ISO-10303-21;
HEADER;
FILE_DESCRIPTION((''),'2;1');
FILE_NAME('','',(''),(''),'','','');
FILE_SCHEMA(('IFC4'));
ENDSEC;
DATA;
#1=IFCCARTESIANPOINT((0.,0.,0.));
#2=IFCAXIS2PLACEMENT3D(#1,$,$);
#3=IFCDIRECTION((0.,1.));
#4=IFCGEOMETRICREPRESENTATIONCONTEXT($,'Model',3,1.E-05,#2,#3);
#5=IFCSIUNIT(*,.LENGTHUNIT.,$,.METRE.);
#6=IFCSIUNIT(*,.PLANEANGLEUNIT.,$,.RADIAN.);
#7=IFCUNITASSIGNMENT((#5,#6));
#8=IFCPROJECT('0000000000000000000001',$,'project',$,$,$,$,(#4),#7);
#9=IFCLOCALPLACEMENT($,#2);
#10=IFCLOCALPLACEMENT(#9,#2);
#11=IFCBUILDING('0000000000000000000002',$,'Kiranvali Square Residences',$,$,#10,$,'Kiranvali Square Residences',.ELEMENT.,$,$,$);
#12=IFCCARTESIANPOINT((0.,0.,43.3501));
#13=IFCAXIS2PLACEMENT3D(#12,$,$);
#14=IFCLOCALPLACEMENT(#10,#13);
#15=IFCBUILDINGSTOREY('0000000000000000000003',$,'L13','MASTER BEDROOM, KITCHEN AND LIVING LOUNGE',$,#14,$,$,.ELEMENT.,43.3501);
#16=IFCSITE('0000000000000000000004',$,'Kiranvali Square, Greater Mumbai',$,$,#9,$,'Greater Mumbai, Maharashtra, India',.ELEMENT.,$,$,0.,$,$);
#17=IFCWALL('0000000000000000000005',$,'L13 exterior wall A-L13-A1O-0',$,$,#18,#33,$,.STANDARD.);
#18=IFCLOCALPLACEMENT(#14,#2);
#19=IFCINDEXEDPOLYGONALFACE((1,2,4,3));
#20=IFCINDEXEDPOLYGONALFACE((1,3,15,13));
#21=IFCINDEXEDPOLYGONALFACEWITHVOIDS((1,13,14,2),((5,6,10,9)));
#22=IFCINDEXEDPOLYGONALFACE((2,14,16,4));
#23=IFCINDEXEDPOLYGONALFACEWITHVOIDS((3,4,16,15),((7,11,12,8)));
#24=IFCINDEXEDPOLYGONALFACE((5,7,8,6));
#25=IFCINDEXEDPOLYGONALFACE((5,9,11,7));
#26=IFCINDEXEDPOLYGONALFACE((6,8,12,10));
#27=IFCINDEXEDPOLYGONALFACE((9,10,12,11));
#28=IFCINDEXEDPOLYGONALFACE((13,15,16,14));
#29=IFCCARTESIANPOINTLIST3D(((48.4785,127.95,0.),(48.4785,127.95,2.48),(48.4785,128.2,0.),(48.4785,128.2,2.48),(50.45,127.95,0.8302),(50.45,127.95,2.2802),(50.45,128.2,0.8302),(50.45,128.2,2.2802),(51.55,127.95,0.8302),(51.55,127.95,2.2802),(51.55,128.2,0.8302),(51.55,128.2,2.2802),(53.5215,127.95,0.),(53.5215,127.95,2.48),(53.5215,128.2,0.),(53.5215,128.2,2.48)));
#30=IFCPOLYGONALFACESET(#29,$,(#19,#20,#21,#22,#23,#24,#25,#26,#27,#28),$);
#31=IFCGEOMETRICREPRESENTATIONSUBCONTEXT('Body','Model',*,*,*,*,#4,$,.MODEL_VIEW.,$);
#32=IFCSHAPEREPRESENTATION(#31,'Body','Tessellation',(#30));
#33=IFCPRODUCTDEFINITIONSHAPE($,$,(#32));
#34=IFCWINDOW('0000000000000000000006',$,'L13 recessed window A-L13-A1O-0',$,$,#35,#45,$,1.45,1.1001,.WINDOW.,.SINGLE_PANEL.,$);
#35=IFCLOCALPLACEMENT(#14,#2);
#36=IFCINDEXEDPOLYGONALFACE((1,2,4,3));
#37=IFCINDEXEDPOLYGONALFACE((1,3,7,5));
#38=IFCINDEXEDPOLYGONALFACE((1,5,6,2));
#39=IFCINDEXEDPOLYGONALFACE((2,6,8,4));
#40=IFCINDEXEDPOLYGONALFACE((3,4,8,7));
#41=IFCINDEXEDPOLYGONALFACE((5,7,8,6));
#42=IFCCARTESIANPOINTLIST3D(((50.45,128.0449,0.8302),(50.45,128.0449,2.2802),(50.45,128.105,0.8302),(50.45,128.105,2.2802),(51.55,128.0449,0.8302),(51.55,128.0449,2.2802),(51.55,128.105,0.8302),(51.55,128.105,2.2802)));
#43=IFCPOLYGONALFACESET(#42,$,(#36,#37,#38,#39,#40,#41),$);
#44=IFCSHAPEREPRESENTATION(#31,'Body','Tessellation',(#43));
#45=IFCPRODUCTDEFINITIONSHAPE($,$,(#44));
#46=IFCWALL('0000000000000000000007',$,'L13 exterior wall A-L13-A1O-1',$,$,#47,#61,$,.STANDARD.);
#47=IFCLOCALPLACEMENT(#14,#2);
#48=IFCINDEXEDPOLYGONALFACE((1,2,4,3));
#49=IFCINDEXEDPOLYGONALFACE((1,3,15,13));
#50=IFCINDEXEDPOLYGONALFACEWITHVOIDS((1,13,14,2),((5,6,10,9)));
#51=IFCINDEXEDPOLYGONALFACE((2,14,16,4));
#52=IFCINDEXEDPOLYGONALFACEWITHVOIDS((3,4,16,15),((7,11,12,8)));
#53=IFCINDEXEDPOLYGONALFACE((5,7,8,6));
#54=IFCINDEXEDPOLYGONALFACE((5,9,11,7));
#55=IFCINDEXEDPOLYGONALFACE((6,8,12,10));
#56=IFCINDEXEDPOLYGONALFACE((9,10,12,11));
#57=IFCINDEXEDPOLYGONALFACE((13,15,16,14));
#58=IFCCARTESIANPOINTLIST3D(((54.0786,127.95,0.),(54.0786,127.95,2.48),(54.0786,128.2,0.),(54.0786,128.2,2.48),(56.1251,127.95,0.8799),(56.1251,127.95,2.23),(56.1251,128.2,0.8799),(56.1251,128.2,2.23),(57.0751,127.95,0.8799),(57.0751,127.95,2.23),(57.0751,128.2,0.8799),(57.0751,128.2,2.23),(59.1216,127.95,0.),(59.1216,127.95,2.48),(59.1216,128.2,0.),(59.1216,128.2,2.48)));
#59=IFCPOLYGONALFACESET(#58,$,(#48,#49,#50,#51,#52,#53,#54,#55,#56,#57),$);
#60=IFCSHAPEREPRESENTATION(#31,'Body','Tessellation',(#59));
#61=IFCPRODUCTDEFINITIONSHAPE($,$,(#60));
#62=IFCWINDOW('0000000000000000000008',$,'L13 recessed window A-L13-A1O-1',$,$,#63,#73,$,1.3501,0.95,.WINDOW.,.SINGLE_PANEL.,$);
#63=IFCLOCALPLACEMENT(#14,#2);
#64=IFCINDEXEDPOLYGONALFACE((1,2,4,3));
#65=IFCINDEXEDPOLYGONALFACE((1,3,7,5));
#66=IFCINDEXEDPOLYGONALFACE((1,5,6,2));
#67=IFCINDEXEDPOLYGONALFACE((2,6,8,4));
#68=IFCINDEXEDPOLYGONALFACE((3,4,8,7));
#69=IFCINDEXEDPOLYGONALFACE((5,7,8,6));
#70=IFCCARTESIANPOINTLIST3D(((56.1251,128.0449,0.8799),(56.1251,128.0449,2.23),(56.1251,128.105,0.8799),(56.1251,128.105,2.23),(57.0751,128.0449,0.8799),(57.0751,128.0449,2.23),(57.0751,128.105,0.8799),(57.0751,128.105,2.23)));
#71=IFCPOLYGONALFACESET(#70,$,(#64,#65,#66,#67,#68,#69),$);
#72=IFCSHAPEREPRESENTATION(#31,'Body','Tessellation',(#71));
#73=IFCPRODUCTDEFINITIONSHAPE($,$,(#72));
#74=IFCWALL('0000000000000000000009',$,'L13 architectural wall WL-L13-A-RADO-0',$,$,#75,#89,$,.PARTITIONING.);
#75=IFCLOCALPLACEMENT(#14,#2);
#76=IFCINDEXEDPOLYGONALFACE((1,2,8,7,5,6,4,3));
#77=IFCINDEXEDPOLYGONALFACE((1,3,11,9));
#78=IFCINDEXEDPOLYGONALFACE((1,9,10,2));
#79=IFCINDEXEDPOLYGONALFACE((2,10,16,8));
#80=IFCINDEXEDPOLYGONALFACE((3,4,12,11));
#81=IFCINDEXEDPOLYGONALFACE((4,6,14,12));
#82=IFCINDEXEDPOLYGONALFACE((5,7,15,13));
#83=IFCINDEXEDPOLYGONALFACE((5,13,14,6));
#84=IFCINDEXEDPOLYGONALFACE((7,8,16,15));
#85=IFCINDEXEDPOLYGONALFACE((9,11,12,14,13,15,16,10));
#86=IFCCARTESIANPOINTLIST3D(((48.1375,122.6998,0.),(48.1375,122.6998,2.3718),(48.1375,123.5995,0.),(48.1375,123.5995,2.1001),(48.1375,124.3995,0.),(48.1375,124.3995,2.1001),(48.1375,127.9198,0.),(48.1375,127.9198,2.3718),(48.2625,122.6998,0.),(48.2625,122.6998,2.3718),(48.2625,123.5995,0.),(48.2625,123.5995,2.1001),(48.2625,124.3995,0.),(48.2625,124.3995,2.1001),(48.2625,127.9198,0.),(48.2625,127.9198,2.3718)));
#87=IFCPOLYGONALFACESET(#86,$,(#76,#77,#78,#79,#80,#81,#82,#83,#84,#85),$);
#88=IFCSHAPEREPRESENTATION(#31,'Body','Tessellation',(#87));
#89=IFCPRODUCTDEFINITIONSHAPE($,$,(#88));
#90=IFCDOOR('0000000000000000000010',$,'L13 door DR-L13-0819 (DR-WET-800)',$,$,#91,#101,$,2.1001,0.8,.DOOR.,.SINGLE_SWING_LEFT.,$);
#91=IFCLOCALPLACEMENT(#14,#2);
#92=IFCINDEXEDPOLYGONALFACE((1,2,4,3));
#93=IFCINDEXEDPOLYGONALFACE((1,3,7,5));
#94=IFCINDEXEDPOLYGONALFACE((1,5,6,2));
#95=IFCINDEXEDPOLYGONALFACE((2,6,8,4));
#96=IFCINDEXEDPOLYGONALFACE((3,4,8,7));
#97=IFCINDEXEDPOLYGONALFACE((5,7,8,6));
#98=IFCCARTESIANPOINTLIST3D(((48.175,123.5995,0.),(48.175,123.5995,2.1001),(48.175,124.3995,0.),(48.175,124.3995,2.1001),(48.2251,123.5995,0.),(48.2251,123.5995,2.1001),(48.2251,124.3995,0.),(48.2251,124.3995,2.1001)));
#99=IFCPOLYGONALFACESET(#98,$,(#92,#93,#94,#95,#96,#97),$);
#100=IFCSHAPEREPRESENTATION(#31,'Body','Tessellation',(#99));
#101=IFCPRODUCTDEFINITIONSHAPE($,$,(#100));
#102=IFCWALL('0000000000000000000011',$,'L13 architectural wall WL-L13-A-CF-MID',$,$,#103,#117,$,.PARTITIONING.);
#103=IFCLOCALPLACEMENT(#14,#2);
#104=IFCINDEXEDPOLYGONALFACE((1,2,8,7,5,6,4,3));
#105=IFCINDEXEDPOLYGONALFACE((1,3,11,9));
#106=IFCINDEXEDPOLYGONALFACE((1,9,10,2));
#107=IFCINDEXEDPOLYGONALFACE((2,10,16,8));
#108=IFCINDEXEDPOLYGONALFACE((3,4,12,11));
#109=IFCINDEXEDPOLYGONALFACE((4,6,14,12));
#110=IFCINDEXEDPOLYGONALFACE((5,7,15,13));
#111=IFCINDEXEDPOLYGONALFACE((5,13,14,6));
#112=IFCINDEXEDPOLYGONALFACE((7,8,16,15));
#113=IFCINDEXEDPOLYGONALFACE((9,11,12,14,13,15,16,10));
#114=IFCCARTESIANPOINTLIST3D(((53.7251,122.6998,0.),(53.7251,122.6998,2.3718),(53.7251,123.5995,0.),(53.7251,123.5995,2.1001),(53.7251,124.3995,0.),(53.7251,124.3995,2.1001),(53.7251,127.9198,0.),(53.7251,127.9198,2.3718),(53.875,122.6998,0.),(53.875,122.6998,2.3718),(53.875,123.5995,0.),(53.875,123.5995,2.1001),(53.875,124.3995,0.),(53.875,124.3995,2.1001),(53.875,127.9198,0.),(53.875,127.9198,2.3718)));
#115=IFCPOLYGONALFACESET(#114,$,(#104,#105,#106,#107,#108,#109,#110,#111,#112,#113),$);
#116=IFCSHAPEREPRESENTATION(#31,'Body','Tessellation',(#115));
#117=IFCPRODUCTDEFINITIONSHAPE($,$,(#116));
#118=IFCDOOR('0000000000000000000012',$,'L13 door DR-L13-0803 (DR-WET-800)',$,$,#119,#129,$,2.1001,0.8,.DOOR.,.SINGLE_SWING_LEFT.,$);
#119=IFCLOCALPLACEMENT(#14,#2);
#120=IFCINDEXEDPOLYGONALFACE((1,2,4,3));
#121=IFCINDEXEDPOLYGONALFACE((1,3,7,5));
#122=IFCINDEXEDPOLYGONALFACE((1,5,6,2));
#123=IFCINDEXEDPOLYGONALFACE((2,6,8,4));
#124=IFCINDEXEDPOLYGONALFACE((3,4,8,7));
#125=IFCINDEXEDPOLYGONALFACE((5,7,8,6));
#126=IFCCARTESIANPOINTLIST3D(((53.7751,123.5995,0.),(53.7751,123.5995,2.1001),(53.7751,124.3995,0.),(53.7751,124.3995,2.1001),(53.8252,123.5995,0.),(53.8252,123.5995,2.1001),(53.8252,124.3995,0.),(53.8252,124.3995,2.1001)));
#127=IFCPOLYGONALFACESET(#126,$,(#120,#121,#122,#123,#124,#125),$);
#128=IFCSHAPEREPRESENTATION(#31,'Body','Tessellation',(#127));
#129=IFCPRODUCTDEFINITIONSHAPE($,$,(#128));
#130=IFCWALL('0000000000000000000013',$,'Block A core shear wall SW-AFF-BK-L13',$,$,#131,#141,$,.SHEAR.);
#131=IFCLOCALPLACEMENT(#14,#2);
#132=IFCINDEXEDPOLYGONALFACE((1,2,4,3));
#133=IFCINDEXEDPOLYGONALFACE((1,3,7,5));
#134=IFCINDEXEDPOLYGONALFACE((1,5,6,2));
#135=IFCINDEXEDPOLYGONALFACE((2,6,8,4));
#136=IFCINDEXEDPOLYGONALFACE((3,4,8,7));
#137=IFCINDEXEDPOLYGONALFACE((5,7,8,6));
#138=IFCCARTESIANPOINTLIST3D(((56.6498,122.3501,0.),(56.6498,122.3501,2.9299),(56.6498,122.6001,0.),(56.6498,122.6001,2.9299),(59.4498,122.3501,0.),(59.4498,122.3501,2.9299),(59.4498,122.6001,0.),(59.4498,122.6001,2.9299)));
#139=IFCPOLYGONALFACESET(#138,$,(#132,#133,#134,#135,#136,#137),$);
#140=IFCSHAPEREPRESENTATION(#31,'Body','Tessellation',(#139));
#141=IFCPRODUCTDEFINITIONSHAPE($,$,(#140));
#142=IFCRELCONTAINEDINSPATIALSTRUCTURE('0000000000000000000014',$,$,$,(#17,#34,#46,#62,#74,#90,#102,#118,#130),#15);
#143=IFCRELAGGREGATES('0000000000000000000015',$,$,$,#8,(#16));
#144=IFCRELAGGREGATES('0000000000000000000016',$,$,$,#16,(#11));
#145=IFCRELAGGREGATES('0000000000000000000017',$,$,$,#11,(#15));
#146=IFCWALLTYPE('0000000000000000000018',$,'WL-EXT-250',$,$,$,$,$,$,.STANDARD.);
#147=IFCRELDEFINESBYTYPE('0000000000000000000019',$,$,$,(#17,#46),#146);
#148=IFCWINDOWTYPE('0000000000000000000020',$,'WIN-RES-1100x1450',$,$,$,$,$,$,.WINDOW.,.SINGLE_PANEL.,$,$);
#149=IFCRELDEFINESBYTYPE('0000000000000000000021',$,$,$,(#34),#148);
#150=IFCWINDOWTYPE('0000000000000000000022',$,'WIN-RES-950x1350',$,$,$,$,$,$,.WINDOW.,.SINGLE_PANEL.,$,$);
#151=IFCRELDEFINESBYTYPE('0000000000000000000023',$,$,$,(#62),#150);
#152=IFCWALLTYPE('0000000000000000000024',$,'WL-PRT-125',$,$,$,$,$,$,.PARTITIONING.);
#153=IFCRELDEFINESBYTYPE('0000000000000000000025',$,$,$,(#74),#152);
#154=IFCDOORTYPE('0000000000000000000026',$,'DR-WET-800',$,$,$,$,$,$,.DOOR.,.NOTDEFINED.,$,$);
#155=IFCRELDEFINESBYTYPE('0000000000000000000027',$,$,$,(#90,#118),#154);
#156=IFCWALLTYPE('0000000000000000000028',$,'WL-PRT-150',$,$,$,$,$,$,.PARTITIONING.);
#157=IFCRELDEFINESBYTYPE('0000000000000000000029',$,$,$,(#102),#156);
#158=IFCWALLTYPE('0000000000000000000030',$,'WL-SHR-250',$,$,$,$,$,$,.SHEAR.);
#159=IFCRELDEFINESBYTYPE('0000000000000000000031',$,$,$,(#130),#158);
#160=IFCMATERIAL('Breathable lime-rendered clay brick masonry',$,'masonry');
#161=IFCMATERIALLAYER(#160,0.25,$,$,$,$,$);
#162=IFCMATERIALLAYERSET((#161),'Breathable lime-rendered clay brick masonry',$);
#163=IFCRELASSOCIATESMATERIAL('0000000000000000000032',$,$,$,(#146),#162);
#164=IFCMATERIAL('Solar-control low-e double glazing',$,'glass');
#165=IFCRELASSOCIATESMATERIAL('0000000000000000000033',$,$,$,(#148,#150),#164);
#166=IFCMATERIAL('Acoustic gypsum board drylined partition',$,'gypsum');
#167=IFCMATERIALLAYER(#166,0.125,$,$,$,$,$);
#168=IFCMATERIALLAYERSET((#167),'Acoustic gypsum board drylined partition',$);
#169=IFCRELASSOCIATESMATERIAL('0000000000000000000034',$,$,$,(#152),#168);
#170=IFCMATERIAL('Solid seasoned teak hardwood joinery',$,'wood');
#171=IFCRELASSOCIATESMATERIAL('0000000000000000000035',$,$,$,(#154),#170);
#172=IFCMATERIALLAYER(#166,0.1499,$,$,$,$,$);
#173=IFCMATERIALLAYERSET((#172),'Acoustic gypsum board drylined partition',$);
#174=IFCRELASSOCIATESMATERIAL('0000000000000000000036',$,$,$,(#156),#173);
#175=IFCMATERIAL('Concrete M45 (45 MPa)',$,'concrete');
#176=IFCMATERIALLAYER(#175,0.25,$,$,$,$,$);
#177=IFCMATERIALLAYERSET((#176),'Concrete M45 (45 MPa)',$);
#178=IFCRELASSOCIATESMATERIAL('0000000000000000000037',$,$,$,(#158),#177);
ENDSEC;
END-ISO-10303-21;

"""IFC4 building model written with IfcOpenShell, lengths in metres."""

from ifc_helpers import new_model, si_unit, direction, frame, frame_2d, origin, place, context, subcontext, project, spatial, rectangle, extrude, material, layer, layer_set, type_object, element, fill, save


model = new_model("IFC4")

# Units and contexts
model_context = context("Model", 3, precision=1e-05, world=origin(), true_north=direction((0.0, 1.0)))
body_context = subcontext(model_context, "Body", "Model", "MODEL_VIEW")
ifc_project = project(units=[si_unit("LENGTHUNIT", "METRE"), si_unit("PLANEANGLEUNIT", "RADIAN")], contexts=[model_context])

# Site, building, storey
site_placement = place(None, origin())
site = spatial("IfcSite", under=ifc_project, at=site_placement, Name="Kiranvali Square, Greater Mumbai", LongName="Greater Mumbai, Maharashtra, India", CompositionType="ELEMENT", RefElevation=0.0)
building_placement = place(site_placement, origin())
building = spatial("IfcBuilding", under=site, at=building_placement, Name="Kiranvali Square Residences", LongName="Kiranvali Square Residences", CompositionType="ELEMENT")
storey_placement = place(building_placement, frame((0.0, 0.0, 43.3501)))
storey = spatial("IfcBuildingStorey", under=building, at=storey_placement, Name="L13", Description="MASTER BEDROOM, KITCHEN AND LIVING LOUNGE", CompositionType="ELEMENT", Elevation=43.3501)

# Shared definitions
ifc_material_1 = material(Name="Concrete M45 (45 MPa)", Category="concrete")

# Walls, openings, windows
ifc_material_2 = material(Name="Breathable lime-rendered clay brick masonry", Category="masonry")
ifc_layer_1 = layer(ifc_material_2, 0.25)
ifc_layer_set_1 = layer_set([ifc_layer_1], Name="Breathable lime-rendered clay brick masonry")
wall_type_1 = type_object("IfcWallType", Name="WL-EXT-250", PredefinedType="STANDARD", material=ifc_layer_set_1)
wall_1_placement = place(storey_placement, frame((48.4785, 128.075, 0.0), z_axis=(0.0, 0.0, 1.0), x_axis=(1.0, 0.0, 0.0)))
wall_1 = element("IfcWall", 1, at=wall_1_placement, inside=storey, type_object=wall_type_1, Name="L13 exterior wall A-L13-A1O-0", PredefinedType="STANDARD", context=body_context, shape_type="SweptSolid", body=[
    extrude(rectangle(XDim=5.043, YDim=0.25, at=frame_2d((2.5215, 0.0))), origin(), (0.0, 0.0, 1.0), 2.48),
])
opening_1_placement = place(wall_1_placement, frame((1.9714, 0.0, 0.8301)))
opening_1 = element("IfcOpeningElement", 2, at=opening_1_placement, cuts=wall_1, PredefinedType="OPENING", context=body_context, shape_type="SweptSolid", body=[
    extrude(rectangle(XDim=1.1001, YDim=1.45, at=frame_2d((0.55, 0.7251))), frame((0.0, 0.135, 0.0), z_axis=(0.0, -1.0, 0.0), x_axis=(1.0, 0.0, 0.0)), (0.0, 0.0, 1.0), 0.27),
])
ifc_material_3 = material(Name="Solar-control low-e double glazing", Category="glass")
window_type_1 = type_object("IfcWindowType", Name="WIN-RES-1100x1450", PartitioningType="SINGLE_PANEL", PredefinedType="WINDOW", material=ifc_material_3)
window_1_placement = place(opening_1_placement, origin())
window_1 = element("IfcWindow", 3, at=window_1_placement, inside=storey, type_object=window_type_1, Name="L13 recessed window A-L13-A1O-0", OverallHeight=1.45, OverallWidth=1.1001, PartitioningType="SINGLE_PANEL", PredefinedType="WINDOW", context=body_context, shape_type="SweptSolid", body=[
    extrude(rectangle(XDim=1.1001, YDim=1.45, at=frame_2d((0.55, 0.7251))), frame((0.0, 0.03, 0.0), z_axis=(0.0, -1.0, 0.0), x_axis=(1.0, 0.0, 0.0)), (0.0, 0.0, 1.0), 0.0601),
])
fill(opening_1, window_1)
wall_2_placement = place(storey_placement, frame((54.0786, 128.075, 0.0), z_axis=(0.0, 0.0, 1.0), x_axis=(1.0, 0.0, 0.0)))
wall_2 = element("IfcWall", 4, at=wall_2_placement, inside=storey, type_object=wall_type_1, Name="L13 exterior wall A-L13-A1O-1", PredefinedType="STANDARD", context=body_context, shape_type="SweptSolid", body=[
    extrude(rectangle(XDim=5.043, YDim=0.25, at=frame_2d((2.5215, 0.0))), origin(), (0.0, 0.0, 1.0), 2.48),
])
opening_2_placement = place(wall_2_placement, frame((2.0464, 0.0, 0.8799)))
opening_2 = element("IfcOpeningElement", 5, at=opening_2_placement, cuts=wall_2, PredefinedType="OPENING", context=body_context, shape_type="SweptSolid", body=[
    extrude(rectangle(XDim=0.95, YDim=1.3501, at=frame_2d((0.4751, 0.675))), frame((0.0, 0.135, 0.0), z_axis=(0.0, -1.0, 0.0), x_axis=(1.0, 0.0, 0.0)), (0.0, 0.0, 1.0), 0.27),
])
window_type_2 = type_object("IfcWindowType", Name="WIN-RES-950x1350", PartitioningType="SINGLE_PANEL", PredefinedType="WINDOW", material=ifc_material_3)
window_2_placement = place(opening_2_placement, origin())
window_2 = element("IfcWindow", 6, at=window_2_placement, inside=storey, type_object=window_type_2, Name="L13 recessed window A-L13-A1O-1", OverallHeight=1.3501, OverallWidth=0.95, PartitioningType="SINGLE_PANEL", PredefinedType="WINDOW", context=body_context, shape_type="SweptSolid", body=[
    extrude(rectangle(XDim=0.95, YDim=1.3501, at=frame_2d((0.4751, 0.675))), frame((0.0, 0.03, 0.0), z_axis=(0.0, -1.0, 0.0), x_axis=(1.0, 0.0, 0.0)), (0.0, 0.0, 1.0), 0.0601),
])
fill(opening_2, window_2)

# Walls, openings, doors
ifc_material_4 = material(Name="Acoustic gypsum board drylined partition", Category="gypsum")
ifc_layer_2 = layer(ifc_material_4, 0.125)
ifc_layer_set_2 = layer_set([ifc_layer_2], Name="Acoustic gypsum board drylined partition")
wall_type_2 = type_object("IfcWallType", Name="WL-PRT-125", PredefinedType="PARTITIONING", material=ifc_layer_set_2)
wall_3_placement = place(storey_placement, frame((48.2, 122.7, 0.0), z_axis=(0.0, 0.0, 1.0), x_axis=(0.0, 1.0, 0.0)))
wall_3 = element("IfcWall", 7, at=wall_3_placement, inside=storey, type_object=wall_type_2, Name="L13 architectural wall WL-L13-A-RADO-0", PredefinedType="PARTITIONING", context=body_context, shape_type="SweptSolid", body=[
    extrude(rectangle(XDim=5.22, YDim=0.125, at=frame_2d((2.6099, 0.0))), origin(), (0.0, 0.0, 1.0), 2.3718),
])
opening_3_placement = place(wall_3_placement, frame((0.8997, 0.0, 0.0)))
opening_3 = element("IfcOpeningElement", 8, at=opening_3_placement, cuts=wall_3, PredefinedType="OPENING", context=body_context, shape_type="SweptSolid", body=[
    extrude(rectangle(XDim=0.8, YDim=2.1001, at=frame_2d((0.3999, 1.05))), frame((0.0, 0.0725, 0.0), z_axis=(0.0, -1.0, 0.0), x_axis=(1.0, 0.0, 0.0)), (0.0, 0.0, 1.0), 0.145),
])
ifc_material_5 = material(Name="Solid seasoned teak hardwood joinery", Category="wood")
door_type = type_object("IfcDoorType", Name="DR-WET-800", OperationType="NOTDEFINED", PredefinedType="DOOR", material=ifc_material_5)
door_1_placement = place(opening_3_placement, origin())
door_1 = element("IfcDoor", 9, at=door_1_placement, inside=storey, type_object=door_type, Name="L13 door DR-L13-0819 (DR-WET-800)", OperationType="SINGLE_SWING_LEFT", OverallHeight=2.1001, OverallWidth=0.8, PredefinedType="DOOR", context=body_context, shape_type="SweptSolid", body=[
    extrude(rectangle(XDim=0.8, YDim=2.1001, at=frame_2d((0.3999, 1.05))), frame((0.0, 0.0249, 0.0), z_axis=(0.0, -1.0, 0.0), x_axis=(1.0, 0.0, 0.0)), (0.0, 0.0, 1.0), 0.05),
])
fill(opening_3, door_1)
ifc_layer_3 = layer(ifc_material_4, 0.1499)
ifc_layer_set_3 = layer_set([ifc_layer_3], Name="Acoustic gypsum board drylined partition")
wall_type_3 = type_object("IfcWallType", Name="WL-PRT-150", PredefinedType="PARTITIONING", material=ifc_layer_set_3)
wall_4_placement = place(storey_placement, frame((53.8, 122.7, 0.0), z_axis=(0.0, 0.0, 1.0), x_axis=(0.0, 1.0, 0.0)))
wall_4 = element("IfcWall", 10, at=wall_4_placement, inside=storey, type_object=wall_type_3, Name="L13 architectural wall WL-L13-A-CF-MID", PredefinedType="PARTITIONING", context=body_context, shape_type="SweptSolid", body=[
    extrude(rectangle(XDim=5.22, YDim=0.1499, at=frame_2d((2.6099, 0.0))), origin(), (0.0, 0.0, 1.0), 2.3718),
])
opening_4_placement = place(wall_4_placement, frame((0.8997, 0.0, 0.0)))
opening_4 = element("IfcOpeningElement", 11, at=opening_4_placement, cuts=wall_4, PredefinedType="OPENING", context=body_context, shape_type="SweptSolid", body=[
    extrude(rectangle(XDim=0.8, YDim=2.1001, at=frame_2d((0.3999, 1.05))), frame((0.0, 0.085, 0.0), z_axis=(0.0, -1.0, 0.0), x_axis=(1.0, 0.0, 0.0)), (0.0, 0.0, 1.0), 0.1699),
])
door_2_placement = place(opening_4_placement, origin())
door_2 = element("IfcDoor", 12, at=door_2_placement, inside=storey, type_object=door_type, Name="L13 door DR-L13-0803 (DR-WET-800)", OperationType="SINGLE_SWING_LEFT", OverallHeight=2.1001, OverallWidth=0.8, PredefinedType="DOOR", context=body_context, shape_type="SweptSolid", body=[
    extrude(rectangle(XDim=0.8, YDim=2.1001, at=frame_2d((0.3999, 1.05))), frame((0.0, 0.0249, 0.0), z_axis=(0.0, -1.0, 0.0), x_axis=(1.0, 0.0, 0.0)), (0.0, 0.0, 1.0), 0.05),
])
fill(opening_4, door_2)

# Wall
ifc_layer_4 = layer(ifc_material_1, 0.25)
ifc_layer_set_4 = layer_set([ifc_layer_4], Name="Concrete M45 (45 MPa)")
wall_type_4 = type_object("IfcWallType", Name="WL-SHR-250", PredefinedType="SHEAR", material=ifc_layer_set_4)
wall_5_placement = place(storey_placement, frame((56.6499, 122.4751, 0.0), z_axis=(0.0, 0.0, 1.0), x_axis=(1.0, 0.0, 0.0)))
element("IfcWall", 13, at=wall_5_placement, inside=storey, type_object=wall_type_4, Name="Block A core shear wall SW-AFF-BK-L13", PredefinedType="SHEAR", context=body_context, shape_type="SweptSolid", body=[
    extrude(rectangle(XDim=2.8, YDim=0.25, at=frame_2d((1.3999, 0.0))), origin(), (0.0, 0.0, 1.0), 2.9299),
])

save(model, "model.ifc")
